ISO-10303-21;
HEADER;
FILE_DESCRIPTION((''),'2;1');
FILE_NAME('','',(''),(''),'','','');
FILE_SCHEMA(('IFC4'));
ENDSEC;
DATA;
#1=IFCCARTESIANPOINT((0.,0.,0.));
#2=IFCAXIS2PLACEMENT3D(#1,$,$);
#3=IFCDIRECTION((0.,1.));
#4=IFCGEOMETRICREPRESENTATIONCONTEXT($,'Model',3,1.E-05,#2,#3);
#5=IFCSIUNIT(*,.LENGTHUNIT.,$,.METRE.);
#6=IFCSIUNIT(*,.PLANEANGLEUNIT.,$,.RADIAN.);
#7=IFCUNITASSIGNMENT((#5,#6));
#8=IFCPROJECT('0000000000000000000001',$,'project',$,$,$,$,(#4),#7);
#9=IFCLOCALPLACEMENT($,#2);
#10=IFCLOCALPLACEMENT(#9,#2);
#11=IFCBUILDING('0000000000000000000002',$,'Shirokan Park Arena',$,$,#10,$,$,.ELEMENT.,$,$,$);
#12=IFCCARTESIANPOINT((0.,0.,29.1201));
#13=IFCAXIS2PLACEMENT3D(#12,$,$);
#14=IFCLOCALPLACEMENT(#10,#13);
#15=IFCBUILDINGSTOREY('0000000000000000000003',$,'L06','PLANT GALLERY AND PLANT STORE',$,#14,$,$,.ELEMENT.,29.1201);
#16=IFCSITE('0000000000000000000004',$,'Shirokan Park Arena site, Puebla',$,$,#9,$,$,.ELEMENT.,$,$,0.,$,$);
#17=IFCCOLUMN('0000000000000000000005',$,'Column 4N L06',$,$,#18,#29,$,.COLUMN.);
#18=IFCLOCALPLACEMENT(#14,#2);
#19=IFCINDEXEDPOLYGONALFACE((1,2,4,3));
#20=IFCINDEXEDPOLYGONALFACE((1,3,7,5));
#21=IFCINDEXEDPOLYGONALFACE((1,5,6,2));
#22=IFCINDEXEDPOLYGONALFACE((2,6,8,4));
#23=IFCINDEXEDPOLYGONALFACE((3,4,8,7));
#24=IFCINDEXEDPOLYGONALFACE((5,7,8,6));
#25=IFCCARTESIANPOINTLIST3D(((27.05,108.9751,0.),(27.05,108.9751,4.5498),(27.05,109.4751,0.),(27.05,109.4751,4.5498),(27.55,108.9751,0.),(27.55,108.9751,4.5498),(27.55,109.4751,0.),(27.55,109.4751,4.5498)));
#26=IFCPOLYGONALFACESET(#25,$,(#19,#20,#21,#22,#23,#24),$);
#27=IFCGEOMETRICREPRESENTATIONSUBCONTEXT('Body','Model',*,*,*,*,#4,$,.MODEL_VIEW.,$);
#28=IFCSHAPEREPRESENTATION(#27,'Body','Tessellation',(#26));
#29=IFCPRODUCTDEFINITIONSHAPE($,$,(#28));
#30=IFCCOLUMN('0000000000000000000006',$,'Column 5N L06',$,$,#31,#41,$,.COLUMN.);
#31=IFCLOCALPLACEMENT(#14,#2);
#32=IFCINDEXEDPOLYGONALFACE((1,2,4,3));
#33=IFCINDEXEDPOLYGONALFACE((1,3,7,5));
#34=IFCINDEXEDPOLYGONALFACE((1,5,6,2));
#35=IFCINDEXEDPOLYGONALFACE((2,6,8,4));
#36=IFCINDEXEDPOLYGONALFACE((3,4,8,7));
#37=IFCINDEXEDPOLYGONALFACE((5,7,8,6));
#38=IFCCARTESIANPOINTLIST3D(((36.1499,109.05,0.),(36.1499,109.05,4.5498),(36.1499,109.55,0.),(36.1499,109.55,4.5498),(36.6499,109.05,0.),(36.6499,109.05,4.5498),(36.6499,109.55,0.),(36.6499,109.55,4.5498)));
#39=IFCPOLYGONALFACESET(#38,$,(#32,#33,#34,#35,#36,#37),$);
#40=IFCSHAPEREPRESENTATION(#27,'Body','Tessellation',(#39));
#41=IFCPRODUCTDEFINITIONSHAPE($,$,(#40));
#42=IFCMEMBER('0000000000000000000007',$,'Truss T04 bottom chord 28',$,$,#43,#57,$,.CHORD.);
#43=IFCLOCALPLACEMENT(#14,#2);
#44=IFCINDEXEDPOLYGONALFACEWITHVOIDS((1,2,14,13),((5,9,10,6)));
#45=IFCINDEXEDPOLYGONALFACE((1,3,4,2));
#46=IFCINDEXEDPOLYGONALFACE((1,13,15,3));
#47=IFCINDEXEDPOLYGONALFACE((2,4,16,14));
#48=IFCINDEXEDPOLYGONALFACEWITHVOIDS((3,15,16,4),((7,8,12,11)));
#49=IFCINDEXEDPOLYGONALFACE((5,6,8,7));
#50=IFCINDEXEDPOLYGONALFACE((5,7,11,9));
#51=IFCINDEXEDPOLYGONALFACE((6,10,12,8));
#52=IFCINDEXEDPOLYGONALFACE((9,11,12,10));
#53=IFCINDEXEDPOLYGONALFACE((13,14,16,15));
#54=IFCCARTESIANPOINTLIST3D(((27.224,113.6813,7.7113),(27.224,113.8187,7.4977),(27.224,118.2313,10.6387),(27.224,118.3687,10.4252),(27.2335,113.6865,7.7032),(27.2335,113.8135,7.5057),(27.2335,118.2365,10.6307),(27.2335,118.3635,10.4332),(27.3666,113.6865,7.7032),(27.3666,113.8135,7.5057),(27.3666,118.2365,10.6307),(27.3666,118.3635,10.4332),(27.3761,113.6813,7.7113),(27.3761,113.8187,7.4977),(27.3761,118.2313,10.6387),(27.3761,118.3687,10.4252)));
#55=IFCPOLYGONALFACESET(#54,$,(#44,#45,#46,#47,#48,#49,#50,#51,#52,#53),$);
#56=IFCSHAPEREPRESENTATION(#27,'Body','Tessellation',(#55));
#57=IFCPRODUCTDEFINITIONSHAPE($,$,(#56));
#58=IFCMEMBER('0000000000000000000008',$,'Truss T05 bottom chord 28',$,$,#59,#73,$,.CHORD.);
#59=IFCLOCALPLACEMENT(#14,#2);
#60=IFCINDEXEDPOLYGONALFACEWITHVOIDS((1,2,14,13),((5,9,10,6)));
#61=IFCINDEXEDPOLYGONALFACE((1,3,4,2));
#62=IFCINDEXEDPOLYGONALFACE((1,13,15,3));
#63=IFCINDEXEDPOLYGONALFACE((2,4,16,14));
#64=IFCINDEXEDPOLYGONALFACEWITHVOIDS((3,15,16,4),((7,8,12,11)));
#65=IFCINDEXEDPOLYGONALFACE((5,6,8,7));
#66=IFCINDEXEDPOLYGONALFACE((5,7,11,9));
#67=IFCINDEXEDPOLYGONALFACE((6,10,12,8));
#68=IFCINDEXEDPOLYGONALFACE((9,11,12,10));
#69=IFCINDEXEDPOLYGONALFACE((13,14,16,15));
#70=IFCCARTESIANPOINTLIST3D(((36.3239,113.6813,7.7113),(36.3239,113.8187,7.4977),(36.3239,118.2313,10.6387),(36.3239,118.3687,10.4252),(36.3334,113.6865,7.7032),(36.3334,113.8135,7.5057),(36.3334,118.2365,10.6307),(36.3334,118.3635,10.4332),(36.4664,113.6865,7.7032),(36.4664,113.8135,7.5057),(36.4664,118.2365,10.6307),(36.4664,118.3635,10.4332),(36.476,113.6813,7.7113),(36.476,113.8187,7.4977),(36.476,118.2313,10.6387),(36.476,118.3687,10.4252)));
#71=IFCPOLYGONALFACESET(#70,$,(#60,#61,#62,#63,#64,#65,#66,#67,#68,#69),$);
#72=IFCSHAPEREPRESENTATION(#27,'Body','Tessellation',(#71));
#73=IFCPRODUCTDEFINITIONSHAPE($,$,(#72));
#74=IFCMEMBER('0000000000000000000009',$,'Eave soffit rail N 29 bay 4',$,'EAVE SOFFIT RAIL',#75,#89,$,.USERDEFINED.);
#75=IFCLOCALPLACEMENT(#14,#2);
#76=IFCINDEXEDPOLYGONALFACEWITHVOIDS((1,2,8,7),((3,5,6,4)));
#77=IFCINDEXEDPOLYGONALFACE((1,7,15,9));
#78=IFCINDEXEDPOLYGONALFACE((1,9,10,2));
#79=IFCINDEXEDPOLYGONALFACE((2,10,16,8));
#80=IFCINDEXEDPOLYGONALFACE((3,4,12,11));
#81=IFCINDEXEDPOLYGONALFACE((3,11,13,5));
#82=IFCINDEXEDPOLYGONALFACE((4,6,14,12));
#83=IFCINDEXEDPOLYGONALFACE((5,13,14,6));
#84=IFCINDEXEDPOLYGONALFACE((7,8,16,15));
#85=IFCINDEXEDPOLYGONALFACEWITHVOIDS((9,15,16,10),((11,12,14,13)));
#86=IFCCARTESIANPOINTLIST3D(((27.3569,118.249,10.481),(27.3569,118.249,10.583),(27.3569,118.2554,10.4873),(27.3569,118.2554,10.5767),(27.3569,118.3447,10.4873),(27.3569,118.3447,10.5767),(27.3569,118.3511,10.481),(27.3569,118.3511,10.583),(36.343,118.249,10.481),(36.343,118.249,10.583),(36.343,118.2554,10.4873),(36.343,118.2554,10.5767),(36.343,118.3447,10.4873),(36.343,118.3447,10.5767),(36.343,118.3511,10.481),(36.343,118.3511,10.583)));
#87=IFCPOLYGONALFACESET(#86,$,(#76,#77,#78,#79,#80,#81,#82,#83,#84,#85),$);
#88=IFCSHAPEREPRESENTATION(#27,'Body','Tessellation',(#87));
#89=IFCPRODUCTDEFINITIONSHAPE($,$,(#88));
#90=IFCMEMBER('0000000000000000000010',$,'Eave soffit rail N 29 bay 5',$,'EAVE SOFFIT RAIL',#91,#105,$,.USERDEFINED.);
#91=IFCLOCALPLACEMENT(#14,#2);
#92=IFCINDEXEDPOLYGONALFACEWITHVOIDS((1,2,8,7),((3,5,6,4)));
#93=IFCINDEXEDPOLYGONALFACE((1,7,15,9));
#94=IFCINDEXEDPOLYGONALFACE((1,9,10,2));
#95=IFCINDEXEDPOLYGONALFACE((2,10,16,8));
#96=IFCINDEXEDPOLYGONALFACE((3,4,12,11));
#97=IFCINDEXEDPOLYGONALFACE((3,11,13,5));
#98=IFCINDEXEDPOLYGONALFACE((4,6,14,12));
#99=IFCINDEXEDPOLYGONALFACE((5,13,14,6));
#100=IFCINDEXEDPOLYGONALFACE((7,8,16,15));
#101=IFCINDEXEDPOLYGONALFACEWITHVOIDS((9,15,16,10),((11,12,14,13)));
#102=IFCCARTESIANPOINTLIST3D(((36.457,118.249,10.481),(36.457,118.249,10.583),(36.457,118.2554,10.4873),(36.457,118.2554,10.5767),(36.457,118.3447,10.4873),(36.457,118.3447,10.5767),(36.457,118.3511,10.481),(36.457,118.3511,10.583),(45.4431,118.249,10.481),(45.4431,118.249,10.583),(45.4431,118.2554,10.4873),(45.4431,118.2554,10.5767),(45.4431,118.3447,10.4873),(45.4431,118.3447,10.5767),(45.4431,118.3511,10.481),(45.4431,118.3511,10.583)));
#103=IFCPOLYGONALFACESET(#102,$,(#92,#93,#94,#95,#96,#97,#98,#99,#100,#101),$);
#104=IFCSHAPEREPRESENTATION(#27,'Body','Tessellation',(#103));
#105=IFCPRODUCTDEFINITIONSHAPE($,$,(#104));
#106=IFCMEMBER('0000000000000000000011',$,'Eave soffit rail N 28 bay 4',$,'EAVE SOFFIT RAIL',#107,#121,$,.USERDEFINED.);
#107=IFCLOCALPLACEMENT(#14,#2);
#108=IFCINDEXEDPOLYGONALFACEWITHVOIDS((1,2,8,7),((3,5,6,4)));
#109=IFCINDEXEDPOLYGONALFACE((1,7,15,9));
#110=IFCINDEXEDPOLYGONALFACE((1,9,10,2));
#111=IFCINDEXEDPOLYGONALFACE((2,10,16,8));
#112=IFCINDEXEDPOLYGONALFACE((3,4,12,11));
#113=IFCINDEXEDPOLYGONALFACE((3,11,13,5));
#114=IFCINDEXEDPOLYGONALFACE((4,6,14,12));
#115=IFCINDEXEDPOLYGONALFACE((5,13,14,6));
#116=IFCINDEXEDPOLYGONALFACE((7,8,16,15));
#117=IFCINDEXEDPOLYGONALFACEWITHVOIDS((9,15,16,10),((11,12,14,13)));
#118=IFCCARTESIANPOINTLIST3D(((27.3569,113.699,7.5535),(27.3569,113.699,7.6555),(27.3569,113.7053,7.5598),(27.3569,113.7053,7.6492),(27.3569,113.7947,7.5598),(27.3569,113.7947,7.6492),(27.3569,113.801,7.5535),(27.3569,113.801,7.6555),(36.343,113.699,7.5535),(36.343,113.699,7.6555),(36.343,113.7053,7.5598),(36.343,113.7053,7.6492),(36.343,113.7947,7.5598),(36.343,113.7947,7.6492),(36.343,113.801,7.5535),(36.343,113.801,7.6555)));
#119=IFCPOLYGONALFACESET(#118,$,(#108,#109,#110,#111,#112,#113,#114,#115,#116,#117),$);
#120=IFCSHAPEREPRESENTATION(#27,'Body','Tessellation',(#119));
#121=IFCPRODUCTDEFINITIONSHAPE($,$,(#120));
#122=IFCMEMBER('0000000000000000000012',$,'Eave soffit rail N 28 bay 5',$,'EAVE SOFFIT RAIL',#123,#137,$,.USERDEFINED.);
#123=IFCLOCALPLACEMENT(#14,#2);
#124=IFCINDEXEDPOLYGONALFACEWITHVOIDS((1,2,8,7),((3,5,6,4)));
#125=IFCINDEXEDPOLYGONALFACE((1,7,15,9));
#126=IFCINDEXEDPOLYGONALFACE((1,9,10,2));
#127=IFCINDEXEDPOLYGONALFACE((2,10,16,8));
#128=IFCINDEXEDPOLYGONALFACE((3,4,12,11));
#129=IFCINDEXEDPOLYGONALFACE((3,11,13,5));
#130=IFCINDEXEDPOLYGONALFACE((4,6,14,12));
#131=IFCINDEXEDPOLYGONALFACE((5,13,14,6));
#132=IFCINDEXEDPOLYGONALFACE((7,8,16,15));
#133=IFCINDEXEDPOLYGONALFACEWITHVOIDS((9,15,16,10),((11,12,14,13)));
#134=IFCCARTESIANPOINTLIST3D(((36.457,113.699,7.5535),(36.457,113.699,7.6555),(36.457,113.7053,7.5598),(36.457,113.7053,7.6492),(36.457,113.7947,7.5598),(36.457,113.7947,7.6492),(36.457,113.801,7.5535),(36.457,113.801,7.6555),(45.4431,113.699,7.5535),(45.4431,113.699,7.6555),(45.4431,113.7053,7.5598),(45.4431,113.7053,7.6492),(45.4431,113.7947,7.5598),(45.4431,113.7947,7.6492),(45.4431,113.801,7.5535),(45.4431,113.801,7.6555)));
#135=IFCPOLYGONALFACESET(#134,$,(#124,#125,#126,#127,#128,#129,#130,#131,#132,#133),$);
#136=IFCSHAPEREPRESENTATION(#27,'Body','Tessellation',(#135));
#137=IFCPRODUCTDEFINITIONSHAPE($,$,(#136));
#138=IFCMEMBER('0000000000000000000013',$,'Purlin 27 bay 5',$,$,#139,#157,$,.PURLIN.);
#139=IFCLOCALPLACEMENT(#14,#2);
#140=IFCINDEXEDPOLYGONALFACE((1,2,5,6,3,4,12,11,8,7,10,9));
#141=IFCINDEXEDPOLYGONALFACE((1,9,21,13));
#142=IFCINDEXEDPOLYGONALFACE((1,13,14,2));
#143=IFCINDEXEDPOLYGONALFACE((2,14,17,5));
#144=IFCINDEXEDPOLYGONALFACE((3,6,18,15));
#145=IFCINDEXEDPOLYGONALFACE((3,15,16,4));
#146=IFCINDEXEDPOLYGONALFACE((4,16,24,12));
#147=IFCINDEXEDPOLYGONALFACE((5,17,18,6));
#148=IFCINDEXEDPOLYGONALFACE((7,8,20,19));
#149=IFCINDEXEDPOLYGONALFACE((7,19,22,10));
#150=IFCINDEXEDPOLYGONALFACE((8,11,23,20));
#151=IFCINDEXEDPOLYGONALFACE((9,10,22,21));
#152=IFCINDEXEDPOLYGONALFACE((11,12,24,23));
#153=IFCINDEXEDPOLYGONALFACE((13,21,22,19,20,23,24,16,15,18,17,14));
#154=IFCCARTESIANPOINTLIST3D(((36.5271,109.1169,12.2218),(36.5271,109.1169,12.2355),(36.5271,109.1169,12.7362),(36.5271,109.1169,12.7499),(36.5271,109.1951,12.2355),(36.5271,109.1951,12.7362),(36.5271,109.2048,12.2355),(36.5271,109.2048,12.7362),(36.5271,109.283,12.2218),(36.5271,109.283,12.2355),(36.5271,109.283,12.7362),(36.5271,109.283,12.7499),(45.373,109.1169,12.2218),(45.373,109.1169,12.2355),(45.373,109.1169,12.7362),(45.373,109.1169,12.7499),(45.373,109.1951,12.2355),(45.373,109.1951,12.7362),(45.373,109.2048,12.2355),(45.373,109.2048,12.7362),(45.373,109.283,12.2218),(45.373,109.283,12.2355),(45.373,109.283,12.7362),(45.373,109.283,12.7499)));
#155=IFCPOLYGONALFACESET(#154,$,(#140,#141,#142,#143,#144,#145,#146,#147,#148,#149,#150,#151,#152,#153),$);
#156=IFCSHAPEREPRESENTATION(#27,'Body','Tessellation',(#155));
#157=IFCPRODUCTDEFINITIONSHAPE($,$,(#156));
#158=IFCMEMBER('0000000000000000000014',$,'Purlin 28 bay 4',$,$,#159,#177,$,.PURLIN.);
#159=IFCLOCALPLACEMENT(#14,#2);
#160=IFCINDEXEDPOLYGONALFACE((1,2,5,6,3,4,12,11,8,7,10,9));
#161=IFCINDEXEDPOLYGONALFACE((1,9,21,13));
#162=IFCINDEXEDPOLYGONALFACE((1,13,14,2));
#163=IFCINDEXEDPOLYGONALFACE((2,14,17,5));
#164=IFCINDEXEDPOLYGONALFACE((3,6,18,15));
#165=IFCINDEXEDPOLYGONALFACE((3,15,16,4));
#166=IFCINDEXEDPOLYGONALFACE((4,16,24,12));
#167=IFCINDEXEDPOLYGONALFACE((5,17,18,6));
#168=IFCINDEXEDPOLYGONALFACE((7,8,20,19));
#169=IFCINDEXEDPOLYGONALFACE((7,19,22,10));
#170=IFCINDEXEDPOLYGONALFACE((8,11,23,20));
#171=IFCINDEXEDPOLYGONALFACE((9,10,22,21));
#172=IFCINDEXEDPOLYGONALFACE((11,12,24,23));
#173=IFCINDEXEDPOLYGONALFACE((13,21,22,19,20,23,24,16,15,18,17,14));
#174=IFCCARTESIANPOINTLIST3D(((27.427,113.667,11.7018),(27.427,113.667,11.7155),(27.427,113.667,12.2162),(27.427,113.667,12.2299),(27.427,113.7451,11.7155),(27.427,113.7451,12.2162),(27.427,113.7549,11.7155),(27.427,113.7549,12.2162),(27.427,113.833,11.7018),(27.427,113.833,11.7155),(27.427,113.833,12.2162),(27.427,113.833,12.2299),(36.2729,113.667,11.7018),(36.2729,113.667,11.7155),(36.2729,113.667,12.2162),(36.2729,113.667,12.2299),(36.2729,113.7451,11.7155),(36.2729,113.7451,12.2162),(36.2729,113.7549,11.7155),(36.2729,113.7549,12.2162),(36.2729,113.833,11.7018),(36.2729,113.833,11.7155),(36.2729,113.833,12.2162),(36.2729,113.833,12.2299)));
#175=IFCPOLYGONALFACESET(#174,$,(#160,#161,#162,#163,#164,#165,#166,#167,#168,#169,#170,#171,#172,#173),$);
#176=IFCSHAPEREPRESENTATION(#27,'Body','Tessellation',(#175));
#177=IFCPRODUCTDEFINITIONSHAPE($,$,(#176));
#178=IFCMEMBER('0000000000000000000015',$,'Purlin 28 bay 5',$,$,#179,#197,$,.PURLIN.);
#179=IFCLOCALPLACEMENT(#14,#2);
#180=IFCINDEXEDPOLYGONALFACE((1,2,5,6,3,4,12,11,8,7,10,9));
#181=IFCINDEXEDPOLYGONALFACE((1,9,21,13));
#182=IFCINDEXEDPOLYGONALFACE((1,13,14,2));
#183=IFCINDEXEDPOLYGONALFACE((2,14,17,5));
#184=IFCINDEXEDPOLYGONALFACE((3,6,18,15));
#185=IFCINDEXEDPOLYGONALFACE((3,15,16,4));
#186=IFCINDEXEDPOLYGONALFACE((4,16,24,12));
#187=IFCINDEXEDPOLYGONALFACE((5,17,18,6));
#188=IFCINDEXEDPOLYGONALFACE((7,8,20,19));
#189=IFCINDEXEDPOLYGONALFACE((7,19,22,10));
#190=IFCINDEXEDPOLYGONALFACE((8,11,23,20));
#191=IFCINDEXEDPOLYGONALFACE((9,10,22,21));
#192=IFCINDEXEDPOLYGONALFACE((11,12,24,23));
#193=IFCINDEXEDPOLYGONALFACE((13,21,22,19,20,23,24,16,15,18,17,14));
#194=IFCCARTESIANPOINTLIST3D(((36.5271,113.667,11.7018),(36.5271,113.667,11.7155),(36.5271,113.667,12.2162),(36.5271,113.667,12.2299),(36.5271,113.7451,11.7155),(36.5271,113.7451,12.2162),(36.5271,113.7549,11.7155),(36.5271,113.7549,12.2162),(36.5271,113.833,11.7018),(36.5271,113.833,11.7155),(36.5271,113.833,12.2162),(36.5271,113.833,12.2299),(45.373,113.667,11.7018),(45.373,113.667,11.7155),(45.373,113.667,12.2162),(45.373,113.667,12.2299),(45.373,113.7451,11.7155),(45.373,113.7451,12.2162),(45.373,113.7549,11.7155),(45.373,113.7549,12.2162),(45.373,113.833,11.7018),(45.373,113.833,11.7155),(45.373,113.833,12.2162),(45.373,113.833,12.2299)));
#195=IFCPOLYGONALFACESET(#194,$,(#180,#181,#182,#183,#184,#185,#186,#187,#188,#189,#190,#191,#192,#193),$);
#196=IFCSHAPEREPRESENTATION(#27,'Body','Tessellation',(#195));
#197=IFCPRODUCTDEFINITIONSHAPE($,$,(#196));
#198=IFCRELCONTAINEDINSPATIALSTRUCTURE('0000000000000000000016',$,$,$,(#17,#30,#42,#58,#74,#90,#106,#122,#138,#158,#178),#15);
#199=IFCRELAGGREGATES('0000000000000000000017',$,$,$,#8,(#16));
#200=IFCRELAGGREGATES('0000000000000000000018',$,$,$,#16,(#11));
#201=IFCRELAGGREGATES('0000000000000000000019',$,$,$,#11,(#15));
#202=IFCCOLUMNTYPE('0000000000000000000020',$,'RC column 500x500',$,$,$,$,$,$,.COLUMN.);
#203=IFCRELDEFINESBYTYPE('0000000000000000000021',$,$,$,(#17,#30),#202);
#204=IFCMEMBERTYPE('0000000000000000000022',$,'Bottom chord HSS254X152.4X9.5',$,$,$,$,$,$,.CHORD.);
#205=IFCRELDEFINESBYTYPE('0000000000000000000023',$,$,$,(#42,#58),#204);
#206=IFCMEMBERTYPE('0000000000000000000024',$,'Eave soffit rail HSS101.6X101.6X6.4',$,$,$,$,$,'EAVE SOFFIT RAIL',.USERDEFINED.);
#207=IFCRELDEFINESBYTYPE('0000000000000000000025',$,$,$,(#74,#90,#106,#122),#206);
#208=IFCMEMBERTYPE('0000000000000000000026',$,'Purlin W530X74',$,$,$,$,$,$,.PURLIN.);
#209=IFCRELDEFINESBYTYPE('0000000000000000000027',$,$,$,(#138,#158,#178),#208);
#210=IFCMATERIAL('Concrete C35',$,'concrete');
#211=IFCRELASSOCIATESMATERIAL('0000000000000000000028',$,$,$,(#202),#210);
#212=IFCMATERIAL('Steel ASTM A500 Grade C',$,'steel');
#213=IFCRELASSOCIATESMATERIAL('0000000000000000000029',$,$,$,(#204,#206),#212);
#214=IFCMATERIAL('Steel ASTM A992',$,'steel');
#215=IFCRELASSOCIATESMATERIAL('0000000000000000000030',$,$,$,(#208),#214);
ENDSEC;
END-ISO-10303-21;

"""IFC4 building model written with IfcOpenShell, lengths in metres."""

from ifc_helpers import new_model, si_unit, direction, frame, origin, origin_2d, place, context, subcontext, project, spatial, rectangle, hollow_rectangle, i_section, extrude, material, material_profile, profile_set, type_object, element, save


model = new_model("IFC4")

# Units and contexts
model_context = context("Model", 3, precision=1e-05, world=origin(), true_north=direction((0.0, 1.0)))
body_context = subcontext(model_context, "Body", "Model", "MODEL_VIEW")
ifc_project = project(units=[si_unit("LENGTHUNIT", "METRE"), si_unit("PLANEANGLEUNIT", "RADIAN")], contexts=[model_context])

# Site, building, storey
site_placement = place(None, origin())
site = spatial("IfcSite", under=ifc_project, at=site_placement, Name="Shirokan Park Arena site, Puebla", CompositionType="ELEMENT", RefElevation=0.0)
building_placement = place(site_placement, origin())
building = spatial("IfcBuilding", under=site, at=building_placement, Name="Shirokan Park Arena", CompositionType="ELEMENT")
storey_placement = place(building_placement, frame((0.0, 0.0, 29.1201)))
storey = spatial("IfcBuildingStorey", under=building, at=storey_placement, Name="L06", Description="PLANT GALLERY AND PLANT STORE", CompositionType="ELEMENT", Elevation=29.1201)

# Columns
ifc_material_1 = material(Name="Concrete C35", Category="concrete")
ifc_material_profile_1 = material_profile(ifc_material_1, rectangle(XDim=0.5, YDim=0.5, at=origin_2d()), Name="500x500")
ifc_profile_set_1 = profile_set([ifc_material_profile_1], Name="Concrete C35")
column_type = type_object("IfcColumnType", Name="RC column 500x500", PredefinedType="COLUMN", material=ifc_profile_set_1)
for number, where, z_axis, x_axis, name in (
    (1, (27.3, 109.2251, 0.0), (0.0, 0.0, 1.0), (1.0, 0.0, 0.0), "Column 4N L06"),
    (2, (36.3999, 109.3, 0.0), (0.0, 0.0, 1.0), (1.0, 0.0, 0.0), "Column 5N L06"),
):
    element("IfcColumn", number, at=place(storey_placement, frame(where, z_axis=z_axis, x_axis=x_axis)), inside=storey, type_object=column_type, Name=name, PredefinedType="COLUMN", context=body_context, shape_type="SweptSolid", body=[
        extrude(rectangle(XDim=0.5, YDim=0.5, at=origin_2d()), origin(), (0.0, 0.0, 1.0), 4.5498),
    ])

# Members
ifc_material_2 = material(Name="Steel ASTM A500 Grade C", Category="steel")
ifc_material_profile_2 = material_profile(ifc_material_2, hollow_rectangle(XDim=0.1521, YDim=0.2539, WallThickness=0.0095, at=origin_2d()), Name="HSS254X152.4X9.5")
ifc_profile_set_2 = profile_set([ifc_material_profile_2], Name="Steel ASTM A500 Grade C")
member_type_1 = type_object("IfcMemberType", Name="Bottom chord HSS254X152.4X9.5", PredefinedType="CHORD", material=ifc_profile_set_2)
for number, where, z_axis, x_axis, name in (
    (3, (27.3, 113.75, 7.6045), (0.0, 0.840972, 0.541079), (-1.0, 0.0, 0.0), "Truss T04 bottom chord 28"),
    (4, (36.3999, 113.75, 7.6045), (0.0, 0.840972, 0.541079), (-1.0, 0.0, 0.0), "Truss T05 bottom chord 28"),
):
    element("IfcMember", number, at=place(storey_placement, frame(where, z_axis=z_axis, x_axis=x_axis)), inside=storey, type_object=member_type_1, Name=name, PredefinedType="CHORD", context=body_context, shape_type="SweptSolid", body=[
        extrude(hollow_rectangle(XDim=0.1521, YDim=0.2539, WallThickness=0.0095, at=origin_2d()), origin(), (0.0, 0.0, 1.0), 5.4104),
    ])
ifc_material_profile_3 = material_profile(ifc_material_2, hollow_rectangle(XDim=0.1021, YDim=0.1021, WallThickness=0.0063, at=origin_2d()), Name="HSS101.6X101.6X6.4")
ifc_profile_set_3 = profile_set([ifc_material_profile_3], Name="Steel ASTM A500 Grade C")
member_type_2 = type_object("IfcMemberType", Name="Eave soffit rail HSS101.6X101.6X6.4", ElementType="EAVE SOFFIT RAIL", PredefinedType="USERDEFINED", material=ifc_profile_set_3)
for number, where, z_axis, x_axis, name in (
    (5, (27.3569, 118.3, 10.532), (1.0, 0.0, 0.0), (0.0, 1.0, 0.0), "Eave soffit rail N 29 bay 4"),
    (6, (36.457, 118.3, 10.532), (1.0, 0.0, 0.0), (0.0, 1.0, 0.0), "Eave soffit rail N 29 bay 5"),
    (7, (27.3569, 113.75, 7.6045), (1.0, 0.0, 0.0), (0.0, 1.0, 0.0), "Eave soffit rail N 28 bay 4"),
    (8, (36.457, 113.75, 7.6045), (1.0, 0.0, 0.0), (0.0, 1.0, 0.0), "Eave soffit rail N 28 bay 5"),
):
    element("IfcMember", number, at=place(storey_placement, frame(where, z_axis=z_axis, x_axis=x_axis)), inside=storey, type_object=member_type_2, Name=name, ObjectType="EAVE SOFFIT RAIL", PredefinedType="USERDEFINED", context=body_context, shape_type="SweptSolid", body=[
        extrude(hollow_rectangle(XDim=0.1021, YDim=0.1021, WallThickness=0.0063, at=origin_2d()), origin(), (0.0, 0.0, 1.0), 8.9861),
    ])
ifc_material_3 = material(Name="Steel ASTM A992", Category="steel")
ifc_material_profile_4 = material_profile(ifc_material_3, i_section(OverallWidth=0.166, OverallDepth=0.5281, WebThickness=0.0098, FlangeThickness=0.0137, at=origin_2d()), Name="W530X74")
ifc_profile_set_4 = profile_set([ifc_material_profile_4], Name="Steel ASTM A992")
member_type_3 = type_object("IfcMemberType", Name="Purlin W530X74", PredefinedType="PURLIN", material=ifc_profile_set_4)
for number, where, z_axis, x_axis, name in (
    (9, (36.5271, 109.2, 12.4858), (1.0, 0.0, 0.0), (0.0, 1.0, 0.0), "Purlin 27 bay 5"),
    (10, (27.427, 113.75, 11.9658), (1.0, 0.0, 0.0), (0.0, 1.0, 0.0), "Purlin 28 bay 4"),
    (11, (36.5271, 113.75, 11.9658), (1.0, 0.0, 0.0), (0.0, 1.0, 0.0), "Purlin 28 bay 5"),
):
    element("IfcMember", number, at=place(storey_placement, frame(where, z_axis=z_axis, x_axis=x_axis)), inside=storey, type_object=member_type_3, Name=name, PredefinedType="PURLIN", context=body_context, shape_type="SweptSolid", body=[
        extrude(i_section(OverallWidth=0.166, OverallDepth=0.5281, WebThickness=0.0098, FlangeThickness=0.0137, at=origin_2d()), origin(), (0.0, 0.0, 1.0), 8.8459),
    ])

save(model, "model.ifc")
